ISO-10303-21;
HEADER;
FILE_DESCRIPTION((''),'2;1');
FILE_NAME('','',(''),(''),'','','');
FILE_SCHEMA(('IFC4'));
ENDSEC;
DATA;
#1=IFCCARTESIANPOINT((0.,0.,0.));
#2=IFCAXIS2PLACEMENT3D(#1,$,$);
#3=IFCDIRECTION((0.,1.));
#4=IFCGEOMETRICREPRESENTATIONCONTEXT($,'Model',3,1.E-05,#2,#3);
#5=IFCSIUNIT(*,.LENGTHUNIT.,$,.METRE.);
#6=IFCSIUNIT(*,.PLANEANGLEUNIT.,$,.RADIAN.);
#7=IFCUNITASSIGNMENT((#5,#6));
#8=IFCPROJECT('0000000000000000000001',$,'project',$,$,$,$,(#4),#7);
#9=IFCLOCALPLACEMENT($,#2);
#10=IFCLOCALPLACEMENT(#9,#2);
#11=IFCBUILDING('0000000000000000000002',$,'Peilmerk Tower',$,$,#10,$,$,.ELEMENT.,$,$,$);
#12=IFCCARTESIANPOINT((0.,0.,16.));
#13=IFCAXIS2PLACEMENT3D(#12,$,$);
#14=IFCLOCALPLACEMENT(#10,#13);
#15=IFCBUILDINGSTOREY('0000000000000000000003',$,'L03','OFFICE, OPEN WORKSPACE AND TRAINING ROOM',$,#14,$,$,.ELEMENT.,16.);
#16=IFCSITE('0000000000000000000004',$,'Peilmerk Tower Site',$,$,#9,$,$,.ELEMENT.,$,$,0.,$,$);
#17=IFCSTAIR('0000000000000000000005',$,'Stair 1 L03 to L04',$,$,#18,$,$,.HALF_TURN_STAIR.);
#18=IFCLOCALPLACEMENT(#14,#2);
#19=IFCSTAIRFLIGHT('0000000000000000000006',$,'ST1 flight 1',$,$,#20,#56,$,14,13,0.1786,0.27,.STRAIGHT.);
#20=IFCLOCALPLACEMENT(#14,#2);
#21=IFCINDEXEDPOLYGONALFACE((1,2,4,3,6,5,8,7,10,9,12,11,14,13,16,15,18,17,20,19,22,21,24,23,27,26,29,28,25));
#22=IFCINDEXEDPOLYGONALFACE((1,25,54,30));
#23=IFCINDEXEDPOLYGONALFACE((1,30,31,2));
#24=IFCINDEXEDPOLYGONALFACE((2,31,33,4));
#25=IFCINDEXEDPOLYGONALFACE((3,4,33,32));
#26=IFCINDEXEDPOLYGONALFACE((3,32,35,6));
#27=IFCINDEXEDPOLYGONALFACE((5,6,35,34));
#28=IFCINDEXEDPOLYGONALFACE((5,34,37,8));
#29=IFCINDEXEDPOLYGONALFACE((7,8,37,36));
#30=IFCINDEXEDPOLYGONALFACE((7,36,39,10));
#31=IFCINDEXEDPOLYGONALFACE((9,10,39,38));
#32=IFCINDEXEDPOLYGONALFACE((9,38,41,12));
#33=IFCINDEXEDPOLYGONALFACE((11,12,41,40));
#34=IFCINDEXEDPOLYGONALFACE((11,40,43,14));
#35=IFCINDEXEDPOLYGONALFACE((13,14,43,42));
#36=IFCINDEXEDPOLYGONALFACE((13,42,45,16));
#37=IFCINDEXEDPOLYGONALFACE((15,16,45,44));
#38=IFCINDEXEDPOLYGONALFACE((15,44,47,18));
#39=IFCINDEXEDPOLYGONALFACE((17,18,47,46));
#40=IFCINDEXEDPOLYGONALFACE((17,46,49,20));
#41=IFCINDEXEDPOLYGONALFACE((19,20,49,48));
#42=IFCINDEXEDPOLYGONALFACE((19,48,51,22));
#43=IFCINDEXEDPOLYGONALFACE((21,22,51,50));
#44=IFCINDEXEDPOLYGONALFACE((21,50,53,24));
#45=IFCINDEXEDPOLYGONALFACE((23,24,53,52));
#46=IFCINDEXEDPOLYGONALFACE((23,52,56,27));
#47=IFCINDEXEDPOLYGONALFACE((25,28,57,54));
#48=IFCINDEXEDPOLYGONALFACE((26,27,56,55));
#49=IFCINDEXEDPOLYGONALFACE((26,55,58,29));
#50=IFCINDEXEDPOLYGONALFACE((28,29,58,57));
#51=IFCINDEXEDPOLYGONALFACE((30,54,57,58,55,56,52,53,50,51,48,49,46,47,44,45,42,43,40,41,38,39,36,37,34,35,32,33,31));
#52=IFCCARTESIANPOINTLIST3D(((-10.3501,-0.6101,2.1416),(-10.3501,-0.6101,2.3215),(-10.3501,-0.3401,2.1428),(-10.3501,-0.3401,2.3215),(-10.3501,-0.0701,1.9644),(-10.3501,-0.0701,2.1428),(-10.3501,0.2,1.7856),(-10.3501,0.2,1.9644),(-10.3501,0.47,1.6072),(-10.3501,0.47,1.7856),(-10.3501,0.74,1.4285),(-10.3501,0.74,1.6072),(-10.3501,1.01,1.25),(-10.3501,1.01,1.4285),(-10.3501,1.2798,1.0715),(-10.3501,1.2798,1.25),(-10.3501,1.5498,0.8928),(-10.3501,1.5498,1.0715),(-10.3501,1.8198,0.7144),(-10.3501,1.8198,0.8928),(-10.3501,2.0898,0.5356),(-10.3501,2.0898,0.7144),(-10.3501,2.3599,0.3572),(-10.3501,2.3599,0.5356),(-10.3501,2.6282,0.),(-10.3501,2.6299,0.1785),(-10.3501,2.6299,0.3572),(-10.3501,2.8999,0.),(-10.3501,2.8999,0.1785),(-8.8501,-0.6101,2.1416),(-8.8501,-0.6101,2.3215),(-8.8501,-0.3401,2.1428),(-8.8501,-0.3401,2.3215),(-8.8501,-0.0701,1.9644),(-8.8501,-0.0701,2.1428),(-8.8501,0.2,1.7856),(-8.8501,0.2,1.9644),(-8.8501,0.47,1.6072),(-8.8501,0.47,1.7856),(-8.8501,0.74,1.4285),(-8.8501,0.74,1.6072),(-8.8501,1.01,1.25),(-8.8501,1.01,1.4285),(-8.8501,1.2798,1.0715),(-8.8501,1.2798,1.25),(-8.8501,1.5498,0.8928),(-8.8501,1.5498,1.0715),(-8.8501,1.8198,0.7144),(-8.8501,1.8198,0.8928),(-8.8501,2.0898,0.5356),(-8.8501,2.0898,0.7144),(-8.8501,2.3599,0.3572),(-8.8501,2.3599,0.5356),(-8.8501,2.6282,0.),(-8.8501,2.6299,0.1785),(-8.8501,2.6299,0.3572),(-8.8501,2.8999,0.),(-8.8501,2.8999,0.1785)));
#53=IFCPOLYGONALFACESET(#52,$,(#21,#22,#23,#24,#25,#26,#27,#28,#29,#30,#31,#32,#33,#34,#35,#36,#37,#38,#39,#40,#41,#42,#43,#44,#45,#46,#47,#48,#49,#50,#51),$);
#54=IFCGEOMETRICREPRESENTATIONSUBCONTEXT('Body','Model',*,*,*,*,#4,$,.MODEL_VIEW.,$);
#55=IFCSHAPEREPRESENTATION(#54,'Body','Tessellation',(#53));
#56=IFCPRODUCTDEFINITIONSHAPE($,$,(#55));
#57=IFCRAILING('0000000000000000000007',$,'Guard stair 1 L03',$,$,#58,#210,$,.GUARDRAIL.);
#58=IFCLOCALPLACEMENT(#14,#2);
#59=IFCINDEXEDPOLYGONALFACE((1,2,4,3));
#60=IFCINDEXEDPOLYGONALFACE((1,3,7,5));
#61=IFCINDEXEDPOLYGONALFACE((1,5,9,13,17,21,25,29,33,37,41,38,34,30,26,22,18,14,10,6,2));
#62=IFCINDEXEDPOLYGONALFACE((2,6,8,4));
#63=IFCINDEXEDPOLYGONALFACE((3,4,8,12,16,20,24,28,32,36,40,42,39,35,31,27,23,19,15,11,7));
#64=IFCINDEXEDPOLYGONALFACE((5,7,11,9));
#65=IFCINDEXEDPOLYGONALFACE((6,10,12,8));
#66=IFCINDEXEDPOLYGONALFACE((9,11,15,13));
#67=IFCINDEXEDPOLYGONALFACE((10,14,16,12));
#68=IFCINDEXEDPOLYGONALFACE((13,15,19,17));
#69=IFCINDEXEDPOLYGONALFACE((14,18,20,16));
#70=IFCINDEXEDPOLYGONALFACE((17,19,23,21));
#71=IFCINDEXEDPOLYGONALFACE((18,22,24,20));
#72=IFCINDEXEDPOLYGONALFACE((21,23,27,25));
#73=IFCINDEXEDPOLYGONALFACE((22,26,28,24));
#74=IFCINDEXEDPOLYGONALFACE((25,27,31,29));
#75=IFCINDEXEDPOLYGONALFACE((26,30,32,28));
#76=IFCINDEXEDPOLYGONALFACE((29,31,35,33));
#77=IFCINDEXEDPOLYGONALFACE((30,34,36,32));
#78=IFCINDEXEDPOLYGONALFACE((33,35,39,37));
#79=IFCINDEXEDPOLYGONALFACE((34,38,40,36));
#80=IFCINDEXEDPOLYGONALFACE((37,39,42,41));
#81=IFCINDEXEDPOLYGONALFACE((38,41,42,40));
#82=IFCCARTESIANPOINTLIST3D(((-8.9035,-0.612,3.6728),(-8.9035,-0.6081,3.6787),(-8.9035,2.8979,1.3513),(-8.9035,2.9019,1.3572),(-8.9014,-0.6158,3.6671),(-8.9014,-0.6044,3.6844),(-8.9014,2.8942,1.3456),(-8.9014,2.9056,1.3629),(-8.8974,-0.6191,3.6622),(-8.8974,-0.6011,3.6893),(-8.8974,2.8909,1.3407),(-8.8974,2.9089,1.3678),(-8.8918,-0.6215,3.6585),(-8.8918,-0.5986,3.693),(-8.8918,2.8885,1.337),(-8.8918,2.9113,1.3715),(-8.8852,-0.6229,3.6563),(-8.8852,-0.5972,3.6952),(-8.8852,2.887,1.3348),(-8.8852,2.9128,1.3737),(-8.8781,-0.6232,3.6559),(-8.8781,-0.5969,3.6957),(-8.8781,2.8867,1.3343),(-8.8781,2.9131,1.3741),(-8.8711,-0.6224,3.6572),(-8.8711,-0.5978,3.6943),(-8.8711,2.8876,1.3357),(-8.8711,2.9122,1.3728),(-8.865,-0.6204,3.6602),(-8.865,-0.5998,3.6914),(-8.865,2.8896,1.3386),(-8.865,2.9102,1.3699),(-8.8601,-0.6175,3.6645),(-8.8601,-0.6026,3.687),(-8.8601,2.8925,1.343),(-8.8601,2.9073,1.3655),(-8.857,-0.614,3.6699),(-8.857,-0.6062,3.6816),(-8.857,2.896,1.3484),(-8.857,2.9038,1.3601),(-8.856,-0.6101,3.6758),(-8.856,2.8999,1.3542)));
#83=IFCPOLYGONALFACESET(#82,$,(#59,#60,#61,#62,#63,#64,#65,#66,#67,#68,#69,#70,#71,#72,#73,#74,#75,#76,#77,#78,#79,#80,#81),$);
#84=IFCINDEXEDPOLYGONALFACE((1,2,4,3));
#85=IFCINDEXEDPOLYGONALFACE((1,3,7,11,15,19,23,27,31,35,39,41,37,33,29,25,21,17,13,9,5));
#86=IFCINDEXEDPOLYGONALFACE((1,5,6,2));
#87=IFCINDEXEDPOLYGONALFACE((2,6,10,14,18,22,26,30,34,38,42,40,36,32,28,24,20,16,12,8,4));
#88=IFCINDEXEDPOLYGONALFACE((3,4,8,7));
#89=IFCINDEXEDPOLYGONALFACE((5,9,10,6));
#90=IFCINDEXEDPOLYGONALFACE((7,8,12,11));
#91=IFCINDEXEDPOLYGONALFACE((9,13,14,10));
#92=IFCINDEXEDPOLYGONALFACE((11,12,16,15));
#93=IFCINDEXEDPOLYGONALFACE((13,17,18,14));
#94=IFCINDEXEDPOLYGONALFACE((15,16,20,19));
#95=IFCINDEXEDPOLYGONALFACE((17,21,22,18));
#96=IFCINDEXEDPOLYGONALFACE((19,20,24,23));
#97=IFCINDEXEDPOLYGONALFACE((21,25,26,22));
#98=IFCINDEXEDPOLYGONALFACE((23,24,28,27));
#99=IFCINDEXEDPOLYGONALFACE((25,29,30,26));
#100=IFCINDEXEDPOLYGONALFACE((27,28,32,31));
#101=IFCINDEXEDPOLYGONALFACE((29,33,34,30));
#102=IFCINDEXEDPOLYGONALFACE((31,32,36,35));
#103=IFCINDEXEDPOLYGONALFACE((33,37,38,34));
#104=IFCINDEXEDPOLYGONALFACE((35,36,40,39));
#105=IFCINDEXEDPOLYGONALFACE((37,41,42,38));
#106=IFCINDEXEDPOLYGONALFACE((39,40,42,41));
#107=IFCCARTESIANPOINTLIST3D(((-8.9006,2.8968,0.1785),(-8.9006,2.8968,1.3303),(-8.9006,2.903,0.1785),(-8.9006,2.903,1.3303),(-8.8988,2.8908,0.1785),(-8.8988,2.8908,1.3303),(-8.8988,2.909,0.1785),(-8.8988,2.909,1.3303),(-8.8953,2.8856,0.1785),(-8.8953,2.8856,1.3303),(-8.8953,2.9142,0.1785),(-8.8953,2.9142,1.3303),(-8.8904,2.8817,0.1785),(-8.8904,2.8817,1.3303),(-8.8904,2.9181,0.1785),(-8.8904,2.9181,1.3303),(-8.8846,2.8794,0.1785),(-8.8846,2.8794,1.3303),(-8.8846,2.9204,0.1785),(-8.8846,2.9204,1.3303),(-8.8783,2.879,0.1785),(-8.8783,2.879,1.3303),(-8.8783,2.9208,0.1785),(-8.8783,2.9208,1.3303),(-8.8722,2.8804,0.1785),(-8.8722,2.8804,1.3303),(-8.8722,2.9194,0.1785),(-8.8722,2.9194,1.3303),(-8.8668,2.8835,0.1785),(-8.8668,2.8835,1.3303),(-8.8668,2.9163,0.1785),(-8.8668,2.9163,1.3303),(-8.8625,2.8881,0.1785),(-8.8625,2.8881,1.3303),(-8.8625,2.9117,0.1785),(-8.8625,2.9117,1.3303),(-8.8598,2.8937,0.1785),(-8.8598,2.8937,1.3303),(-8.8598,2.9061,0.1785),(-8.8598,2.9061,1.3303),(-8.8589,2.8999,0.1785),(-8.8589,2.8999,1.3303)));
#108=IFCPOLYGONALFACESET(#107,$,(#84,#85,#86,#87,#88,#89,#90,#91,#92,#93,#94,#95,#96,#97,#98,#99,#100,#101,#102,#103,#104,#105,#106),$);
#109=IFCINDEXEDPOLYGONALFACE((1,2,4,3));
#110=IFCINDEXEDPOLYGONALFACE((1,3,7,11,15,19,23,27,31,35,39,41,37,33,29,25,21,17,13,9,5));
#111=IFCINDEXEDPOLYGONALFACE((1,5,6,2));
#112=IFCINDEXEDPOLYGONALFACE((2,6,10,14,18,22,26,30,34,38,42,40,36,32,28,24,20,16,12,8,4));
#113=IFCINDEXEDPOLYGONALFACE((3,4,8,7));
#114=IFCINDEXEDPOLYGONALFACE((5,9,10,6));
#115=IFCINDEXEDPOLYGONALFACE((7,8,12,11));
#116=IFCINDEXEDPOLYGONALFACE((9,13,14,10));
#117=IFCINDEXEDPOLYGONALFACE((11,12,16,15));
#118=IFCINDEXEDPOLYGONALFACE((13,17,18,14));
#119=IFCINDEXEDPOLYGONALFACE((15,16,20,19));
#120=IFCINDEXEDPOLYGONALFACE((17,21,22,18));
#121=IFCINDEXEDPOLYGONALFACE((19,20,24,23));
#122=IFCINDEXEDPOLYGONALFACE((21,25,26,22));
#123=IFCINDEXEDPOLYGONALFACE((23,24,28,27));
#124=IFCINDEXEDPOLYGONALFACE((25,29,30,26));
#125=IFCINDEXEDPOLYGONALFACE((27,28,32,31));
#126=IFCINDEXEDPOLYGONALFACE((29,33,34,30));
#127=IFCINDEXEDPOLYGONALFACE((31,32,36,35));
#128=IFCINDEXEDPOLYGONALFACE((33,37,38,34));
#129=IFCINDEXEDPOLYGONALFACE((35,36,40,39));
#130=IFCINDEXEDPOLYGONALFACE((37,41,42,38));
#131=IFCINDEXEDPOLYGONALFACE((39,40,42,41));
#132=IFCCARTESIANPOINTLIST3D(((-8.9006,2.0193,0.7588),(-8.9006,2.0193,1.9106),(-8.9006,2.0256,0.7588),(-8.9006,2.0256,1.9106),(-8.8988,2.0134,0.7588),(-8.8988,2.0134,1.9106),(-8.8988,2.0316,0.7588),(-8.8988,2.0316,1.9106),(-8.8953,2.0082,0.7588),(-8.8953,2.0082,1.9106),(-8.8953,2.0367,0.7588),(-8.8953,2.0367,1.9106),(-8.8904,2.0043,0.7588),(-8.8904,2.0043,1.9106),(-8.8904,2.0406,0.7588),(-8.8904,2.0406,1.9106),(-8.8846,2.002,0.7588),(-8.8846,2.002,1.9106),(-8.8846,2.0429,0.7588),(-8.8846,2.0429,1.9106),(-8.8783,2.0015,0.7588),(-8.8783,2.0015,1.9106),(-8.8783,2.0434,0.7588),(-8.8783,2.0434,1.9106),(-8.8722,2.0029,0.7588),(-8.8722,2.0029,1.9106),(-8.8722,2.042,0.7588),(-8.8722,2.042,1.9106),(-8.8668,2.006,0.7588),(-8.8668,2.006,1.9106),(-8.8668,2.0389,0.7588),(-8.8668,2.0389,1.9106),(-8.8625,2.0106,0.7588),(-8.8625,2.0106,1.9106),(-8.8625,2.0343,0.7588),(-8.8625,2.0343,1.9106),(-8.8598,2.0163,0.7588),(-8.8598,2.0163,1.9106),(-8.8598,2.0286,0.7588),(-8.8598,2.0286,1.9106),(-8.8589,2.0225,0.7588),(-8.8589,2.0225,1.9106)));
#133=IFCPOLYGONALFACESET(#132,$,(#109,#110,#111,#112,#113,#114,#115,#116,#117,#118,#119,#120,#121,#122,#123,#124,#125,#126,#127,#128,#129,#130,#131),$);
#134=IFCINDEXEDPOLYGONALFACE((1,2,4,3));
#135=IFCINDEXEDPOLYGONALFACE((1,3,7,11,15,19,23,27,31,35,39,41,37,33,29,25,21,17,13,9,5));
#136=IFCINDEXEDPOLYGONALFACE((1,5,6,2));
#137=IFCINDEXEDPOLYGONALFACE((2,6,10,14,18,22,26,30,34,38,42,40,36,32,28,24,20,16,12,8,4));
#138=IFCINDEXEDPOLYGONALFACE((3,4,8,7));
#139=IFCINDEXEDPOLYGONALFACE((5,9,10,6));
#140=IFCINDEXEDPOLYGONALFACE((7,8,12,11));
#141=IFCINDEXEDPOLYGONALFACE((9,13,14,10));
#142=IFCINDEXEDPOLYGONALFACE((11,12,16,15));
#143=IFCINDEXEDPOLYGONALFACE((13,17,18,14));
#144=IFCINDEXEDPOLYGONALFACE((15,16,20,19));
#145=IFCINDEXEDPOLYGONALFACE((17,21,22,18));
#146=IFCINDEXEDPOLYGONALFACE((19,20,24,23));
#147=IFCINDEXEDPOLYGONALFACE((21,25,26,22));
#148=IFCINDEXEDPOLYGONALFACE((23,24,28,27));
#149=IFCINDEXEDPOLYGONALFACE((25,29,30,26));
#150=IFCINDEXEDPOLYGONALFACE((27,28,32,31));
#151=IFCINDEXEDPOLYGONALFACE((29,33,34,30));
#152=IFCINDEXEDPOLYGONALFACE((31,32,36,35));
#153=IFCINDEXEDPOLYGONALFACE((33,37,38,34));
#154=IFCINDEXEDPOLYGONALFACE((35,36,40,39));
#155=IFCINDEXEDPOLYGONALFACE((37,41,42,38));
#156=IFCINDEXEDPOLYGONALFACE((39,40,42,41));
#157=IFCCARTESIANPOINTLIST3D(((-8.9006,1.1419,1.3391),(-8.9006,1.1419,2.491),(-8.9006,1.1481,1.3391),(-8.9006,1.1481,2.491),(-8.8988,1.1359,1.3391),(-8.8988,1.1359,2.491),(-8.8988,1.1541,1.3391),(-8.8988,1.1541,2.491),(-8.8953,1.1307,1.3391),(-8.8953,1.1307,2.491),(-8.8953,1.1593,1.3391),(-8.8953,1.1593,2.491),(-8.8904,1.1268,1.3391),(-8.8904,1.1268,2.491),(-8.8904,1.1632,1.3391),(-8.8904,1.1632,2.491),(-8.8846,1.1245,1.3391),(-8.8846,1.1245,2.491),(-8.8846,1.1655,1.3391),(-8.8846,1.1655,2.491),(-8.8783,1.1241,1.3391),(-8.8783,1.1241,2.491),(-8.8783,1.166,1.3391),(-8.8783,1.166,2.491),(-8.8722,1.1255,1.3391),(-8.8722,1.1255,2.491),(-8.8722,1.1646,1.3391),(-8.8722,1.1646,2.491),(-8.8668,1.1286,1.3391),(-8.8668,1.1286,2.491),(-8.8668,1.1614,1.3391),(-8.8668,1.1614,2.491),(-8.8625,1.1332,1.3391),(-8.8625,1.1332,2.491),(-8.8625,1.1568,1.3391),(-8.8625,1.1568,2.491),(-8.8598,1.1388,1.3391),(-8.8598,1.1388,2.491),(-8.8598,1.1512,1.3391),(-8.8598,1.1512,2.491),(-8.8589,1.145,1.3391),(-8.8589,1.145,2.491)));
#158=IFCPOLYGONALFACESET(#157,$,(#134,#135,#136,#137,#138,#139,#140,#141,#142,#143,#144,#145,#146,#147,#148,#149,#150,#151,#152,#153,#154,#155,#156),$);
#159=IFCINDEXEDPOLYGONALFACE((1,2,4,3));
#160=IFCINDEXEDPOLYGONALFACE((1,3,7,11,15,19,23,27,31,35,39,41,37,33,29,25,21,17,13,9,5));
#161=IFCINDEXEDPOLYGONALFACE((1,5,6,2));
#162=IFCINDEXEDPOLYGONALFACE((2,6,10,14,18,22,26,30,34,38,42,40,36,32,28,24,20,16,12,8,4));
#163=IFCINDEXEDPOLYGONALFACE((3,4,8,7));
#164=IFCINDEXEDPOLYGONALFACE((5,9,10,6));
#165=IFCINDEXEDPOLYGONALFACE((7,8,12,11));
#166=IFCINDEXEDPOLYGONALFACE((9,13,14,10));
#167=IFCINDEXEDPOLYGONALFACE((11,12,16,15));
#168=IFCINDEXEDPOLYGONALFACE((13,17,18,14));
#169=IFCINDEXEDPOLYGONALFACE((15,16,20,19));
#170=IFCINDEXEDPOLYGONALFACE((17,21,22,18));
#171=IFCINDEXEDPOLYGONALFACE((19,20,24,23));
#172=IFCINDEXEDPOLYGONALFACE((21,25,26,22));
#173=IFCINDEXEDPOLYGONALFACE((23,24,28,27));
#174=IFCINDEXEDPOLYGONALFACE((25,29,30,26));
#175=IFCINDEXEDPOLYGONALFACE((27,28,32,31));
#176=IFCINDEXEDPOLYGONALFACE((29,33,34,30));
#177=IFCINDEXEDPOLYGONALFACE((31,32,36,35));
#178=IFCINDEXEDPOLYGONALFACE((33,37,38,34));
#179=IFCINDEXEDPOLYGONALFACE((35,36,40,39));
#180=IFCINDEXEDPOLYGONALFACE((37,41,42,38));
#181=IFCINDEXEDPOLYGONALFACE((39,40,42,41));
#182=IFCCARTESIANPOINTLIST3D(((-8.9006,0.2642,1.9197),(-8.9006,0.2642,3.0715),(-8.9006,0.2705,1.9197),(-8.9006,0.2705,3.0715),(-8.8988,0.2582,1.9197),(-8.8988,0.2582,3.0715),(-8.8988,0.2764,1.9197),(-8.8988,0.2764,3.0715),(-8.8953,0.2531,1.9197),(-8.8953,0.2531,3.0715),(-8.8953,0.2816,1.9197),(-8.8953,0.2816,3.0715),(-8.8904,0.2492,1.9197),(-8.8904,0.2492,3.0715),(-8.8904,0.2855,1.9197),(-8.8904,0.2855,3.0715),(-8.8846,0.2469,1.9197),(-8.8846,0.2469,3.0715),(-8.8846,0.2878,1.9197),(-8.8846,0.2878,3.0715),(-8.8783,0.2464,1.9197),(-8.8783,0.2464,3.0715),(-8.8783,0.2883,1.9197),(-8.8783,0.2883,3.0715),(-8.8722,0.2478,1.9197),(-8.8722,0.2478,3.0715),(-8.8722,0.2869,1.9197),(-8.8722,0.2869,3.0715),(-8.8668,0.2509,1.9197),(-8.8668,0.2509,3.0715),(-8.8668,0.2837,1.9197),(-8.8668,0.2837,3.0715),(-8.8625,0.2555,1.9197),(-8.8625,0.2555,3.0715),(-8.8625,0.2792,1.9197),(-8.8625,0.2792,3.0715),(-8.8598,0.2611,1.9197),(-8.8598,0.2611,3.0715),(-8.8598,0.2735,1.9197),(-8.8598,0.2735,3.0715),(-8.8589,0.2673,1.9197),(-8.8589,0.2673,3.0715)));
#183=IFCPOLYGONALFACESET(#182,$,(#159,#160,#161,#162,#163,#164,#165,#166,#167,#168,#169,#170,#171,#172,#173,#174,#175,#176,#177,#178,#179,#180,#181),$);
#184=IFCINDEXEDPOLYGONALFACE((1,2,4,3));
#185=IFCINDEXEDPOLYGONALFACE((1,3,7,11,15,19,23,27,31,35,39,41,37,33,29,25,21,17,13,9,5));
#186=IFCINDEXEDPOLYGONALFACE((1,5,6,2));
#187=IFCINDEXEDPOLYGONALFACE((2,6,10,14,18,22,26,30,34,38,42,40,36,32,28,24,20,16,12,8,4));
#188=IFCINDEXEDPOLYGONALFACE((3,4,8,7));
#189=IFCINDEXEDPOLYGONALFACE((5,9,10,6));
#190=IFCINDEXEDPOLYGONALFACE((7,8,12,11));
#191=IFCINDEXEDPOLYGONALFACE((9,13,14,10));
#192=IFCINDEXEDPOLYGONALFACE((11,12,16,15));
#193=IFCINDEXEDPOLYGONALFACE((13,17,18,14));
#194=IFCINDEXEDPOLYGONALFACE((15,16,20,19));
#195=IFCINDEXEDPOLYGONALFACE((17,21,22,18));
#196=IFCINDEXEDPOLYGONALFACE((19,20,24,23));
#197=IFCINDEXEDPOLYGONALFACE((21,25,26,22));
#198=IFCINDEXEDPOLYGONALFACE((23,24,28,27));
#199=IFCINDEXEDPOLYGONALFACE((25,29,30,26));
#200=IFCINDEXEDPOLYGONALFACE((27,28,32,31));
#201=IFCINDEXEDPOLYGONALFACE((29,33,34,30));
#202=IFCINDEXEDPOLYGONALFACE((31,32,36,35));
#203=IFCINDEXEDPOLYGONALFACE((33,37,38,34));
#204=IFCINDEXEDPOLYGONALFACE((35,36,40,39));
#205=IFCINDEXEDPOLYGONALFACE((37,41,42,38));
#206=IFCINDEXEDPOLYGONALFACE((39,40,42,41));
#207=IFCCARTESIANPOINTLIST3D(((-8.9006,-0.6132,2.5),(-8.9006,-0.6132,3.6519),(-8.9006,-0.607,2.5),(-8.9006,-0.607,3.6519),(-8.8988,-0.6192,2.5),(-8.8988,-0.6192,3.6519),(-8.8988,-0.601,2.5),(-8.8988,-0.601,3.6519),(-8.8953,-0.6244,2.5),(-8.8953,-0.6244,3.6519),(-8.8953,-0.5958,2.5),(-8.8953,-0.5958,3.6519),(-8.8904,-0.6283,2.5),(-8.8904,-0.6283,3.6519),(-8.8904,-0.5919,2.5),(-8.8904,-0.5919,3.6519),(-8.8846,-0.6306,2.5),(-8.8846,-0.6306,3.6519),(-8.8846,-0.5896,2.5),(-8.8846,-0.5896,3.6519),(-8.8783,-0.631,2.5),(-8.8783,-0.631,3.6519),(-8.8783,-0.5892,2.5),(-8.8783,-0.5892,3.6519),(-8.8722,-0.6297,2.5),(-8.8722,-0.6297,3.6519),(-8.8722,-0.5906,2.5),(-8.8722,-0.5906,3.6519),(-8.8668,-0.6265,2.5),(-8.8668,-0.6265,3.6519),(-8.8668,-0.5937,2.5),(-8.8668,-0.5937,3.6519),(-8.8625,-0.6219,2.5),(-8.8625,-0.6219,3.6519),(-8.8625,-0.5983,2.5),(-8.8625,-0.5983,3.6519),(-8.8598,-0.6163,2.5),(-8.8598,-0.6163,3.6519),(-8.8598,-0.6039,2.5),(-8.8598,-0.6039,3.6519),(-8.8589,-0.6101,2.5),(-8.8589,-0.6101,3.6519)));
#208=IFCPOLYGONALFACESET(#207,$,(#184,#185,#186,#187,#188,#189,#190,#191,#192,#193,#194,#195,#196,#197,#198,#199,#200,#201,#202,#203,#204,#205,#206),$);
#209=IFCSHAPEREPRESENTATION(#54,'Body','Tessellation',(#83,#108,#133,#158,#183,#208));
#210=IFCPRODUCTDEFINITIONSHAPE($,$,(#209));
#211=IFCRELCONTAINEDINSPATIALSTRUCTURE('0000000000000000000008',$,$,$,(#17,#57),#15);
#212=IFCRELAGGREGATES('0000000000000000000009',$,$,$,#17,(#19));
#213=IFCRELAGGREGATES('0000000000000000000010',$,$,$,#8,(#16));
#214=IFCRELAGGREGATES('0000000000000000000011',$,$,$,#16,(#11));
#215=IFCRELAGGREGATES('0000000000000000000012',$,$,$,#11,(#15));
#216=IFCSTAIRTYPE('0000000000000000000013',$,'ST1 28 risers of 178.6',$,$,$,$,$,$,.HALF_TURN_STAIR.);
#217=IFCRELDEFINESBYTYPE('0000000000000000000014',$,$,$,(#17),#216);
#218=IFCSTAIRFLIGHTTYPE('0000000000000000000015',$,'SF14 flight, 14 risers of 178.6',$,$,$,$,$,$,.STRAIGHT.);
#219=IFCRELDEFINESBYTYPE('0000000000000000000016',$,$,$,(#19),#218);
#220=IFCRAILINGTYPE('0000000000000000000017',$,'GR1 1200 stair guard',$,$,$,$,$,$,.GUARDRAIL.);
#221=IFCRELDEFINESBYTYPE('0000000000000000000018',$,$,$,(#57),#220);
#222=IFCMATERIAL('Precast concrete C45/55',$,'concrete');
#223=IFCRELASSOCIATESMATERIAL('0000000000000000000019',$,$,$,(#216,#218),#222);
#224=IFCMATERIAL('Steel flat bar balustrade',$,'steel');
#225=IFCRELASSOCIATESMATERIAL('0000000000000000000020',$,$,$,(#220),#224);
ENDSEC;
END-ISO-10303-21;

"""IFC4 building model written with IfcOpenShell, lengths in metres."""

from ifc_helpers import new_model, si_unit, direction, frame, origin, origin_2d, place, context, subcontext, project, spatial, polyline, circle, outline, extrude, material, type_object, element, aggregate, save


model = new_model("IFC4")

# Units and contexts
model_context = context("Model", 3, precision=1e-05, world=origin(), true_north=direction((0.0, 1.0)))
body_context = subcontext(model_context, "Body", "Model", "MODEL_VIEW")
ifc_project = project(units=[si_unit("LENGTHUNIT", "METRE"), si_unit("PLANEANGLEUNIT", "RADIAN")], contexts=[model_context])

# Site, building, storey
site_placement = place(None, origin())
site = spatial("IfcSite", under=ifc_project, at=site_placement, Name="Peilmerk Tower Site", CompositionType="ELEMENT", RefElevation=0.0)
building_placement = place(site_placement, origin())
building = spatial("IfcBuilding", under=site, at=building_placement, Name="Peilmerk Tower", CompositionType="ELEMENT")
storey_placement = place(building_placement, frame((0.0, 0.0, 16.0)))
storey = spatial("IfcBuildingStorey", under=building, at=storey_placement, Name="L03", Description="OFFICE, OPEN WORKSPACE AND TRAINING ROOM", CompositionType="ELEMENT", Elevation=16.0)

# Stair, stair flight
ifc_material_1 = material(Name="Precast concrete C45/55", Category="concrete")
stair_type = type_object("IfcStairType", Name="ST1 28 risers of 178.6", PredefinedType="HALF_TURN_STAIR", material=ifc_material_1)
stair_placement = place(storey_placement, origin())
stair = element("IfcStair", 1, at=stair_placement, inside=storey, type_object=stair_type, Name="Stair 1 L03 to L04", PredefinedType="HALF_TURN_STAIR")
stair_flight_type = type_object("IfcStairFlightType", Name="SF14 flight, 14 risers of 178.6", PredefinedType="STRAIGHT", material=ifc_material_1)
stair_flight_placement = place(storey_placement, frame((-9.6001, 2.8999, 0.0), z_axis=(0.0, 0.0, 1.0), x_axis=(0.0, -1.0, 0.0)))
stair_flight = element("IfcStairFlight", 2, at=stair_flight_placement, type_object=stair_flight_type, Name="ST1 flight 1", NumberOfRisers=14, NumberOfTreads=13, PredefinedType="STRAIGHT", RiserHeight=0.1786, TreadLength=0.27, context=body_context, shape_type="SweptSolid", body=[
    extrude(outline(polyline([(0.0, 0.0), (0.0, 0.1785), (0.27, 0.1785), (0.27, 0.3572), (0.54, 0.3572), (0.54, 0.5356), (0.8101, 0.5356), (0.8101, 0.7144), (1.0801, 0.7144), (1.0801, 0.8928), (1.3501, 0.8928), (1.3501, 1.0715), (1.6201, 1.0715), (1.6201, 1.25), (1.8899, 1.25), (1.8899, 1.4285), (2.1599, 1.4285), (2.1599, 1.6072), (2.4299, 1.6072), (2.4299, 1.7856), (2.7, 1.7856), (2.7, 1.9644), (2.97, 1.9644), (2.97, 2.1428), (3.24, 2.1428), (3.24, 2.3215), (3.51, 2.3215), (3.51, 2.5), (3.51, 2.1416), (0.2717, 0.0), (0.0, 0.0)])), frame((0.0, 0.75, 0.0), z_axis=(0.0, -1.0, 0.0), x_axis=(1.0, 0.0, 0.0)), (0.0, 0.0, 1.0), 1.5),
])
aggregate(stair, [stair_flight])

# Railing
ifc_material_2 = material(Name="Steel flat bar balustrade", Category="steel")
railing_type_1 = type_object("IfcRailingType", Name="GR1 1200 stair guard", PredefinedType="GUARDRAIL", material=ifc_material_2)
railing_1_placement = place(storey_placement, frame((-8.8799, 2.8999, 0.1785)))
element("IfcRailing", 3, at=railing_1_placement, inside=storey, type_object=railing_type_1, Name="Guard stair 1 L03", PredefinedType="GUARDRAIL", context=body_context, shape_type="SweptSolid", body=[
    extrude(circle(Radius=0.0239, at=origin_2d()), frame((0.0, 0.0, 1.1758), z_axis=(0.0, -0.834071, 0.551657), x_axis=(1.0, 0.0, 0.0)), (0.0, 0.0, 1.0), 4.2083),
    extrude(circle(Radius=0.021, at=origin_2d()), origin(), (0.0, 0.0, 1.0), 1.1519),
    extrude(circle(Radius=0.021, at=origin_2d()), frame((0.0, -0.8774, 0.5803)), (0.0, 0.0, 1.0), 1.1519),
    extrude(circle(Radius=0.021, at=origin_2d()), frame((0.0, -1.7549, 1.1606)), (0.0, 0.0, 1.0), 1.1519),
    extrude(circle(Radius=0.021, at=origin_2d()), frame((0.0, -2.6326, 1.7412)), (0.0, 0.0, 1.0), 1.1519),
    extrude(circle(Radius=0.021, at=origin_2d()), frame((0.0, -3.51, 2.3215)), (0.0, 0.0, 1.0), 1.1519),
])

save(model, "model.ifc")
